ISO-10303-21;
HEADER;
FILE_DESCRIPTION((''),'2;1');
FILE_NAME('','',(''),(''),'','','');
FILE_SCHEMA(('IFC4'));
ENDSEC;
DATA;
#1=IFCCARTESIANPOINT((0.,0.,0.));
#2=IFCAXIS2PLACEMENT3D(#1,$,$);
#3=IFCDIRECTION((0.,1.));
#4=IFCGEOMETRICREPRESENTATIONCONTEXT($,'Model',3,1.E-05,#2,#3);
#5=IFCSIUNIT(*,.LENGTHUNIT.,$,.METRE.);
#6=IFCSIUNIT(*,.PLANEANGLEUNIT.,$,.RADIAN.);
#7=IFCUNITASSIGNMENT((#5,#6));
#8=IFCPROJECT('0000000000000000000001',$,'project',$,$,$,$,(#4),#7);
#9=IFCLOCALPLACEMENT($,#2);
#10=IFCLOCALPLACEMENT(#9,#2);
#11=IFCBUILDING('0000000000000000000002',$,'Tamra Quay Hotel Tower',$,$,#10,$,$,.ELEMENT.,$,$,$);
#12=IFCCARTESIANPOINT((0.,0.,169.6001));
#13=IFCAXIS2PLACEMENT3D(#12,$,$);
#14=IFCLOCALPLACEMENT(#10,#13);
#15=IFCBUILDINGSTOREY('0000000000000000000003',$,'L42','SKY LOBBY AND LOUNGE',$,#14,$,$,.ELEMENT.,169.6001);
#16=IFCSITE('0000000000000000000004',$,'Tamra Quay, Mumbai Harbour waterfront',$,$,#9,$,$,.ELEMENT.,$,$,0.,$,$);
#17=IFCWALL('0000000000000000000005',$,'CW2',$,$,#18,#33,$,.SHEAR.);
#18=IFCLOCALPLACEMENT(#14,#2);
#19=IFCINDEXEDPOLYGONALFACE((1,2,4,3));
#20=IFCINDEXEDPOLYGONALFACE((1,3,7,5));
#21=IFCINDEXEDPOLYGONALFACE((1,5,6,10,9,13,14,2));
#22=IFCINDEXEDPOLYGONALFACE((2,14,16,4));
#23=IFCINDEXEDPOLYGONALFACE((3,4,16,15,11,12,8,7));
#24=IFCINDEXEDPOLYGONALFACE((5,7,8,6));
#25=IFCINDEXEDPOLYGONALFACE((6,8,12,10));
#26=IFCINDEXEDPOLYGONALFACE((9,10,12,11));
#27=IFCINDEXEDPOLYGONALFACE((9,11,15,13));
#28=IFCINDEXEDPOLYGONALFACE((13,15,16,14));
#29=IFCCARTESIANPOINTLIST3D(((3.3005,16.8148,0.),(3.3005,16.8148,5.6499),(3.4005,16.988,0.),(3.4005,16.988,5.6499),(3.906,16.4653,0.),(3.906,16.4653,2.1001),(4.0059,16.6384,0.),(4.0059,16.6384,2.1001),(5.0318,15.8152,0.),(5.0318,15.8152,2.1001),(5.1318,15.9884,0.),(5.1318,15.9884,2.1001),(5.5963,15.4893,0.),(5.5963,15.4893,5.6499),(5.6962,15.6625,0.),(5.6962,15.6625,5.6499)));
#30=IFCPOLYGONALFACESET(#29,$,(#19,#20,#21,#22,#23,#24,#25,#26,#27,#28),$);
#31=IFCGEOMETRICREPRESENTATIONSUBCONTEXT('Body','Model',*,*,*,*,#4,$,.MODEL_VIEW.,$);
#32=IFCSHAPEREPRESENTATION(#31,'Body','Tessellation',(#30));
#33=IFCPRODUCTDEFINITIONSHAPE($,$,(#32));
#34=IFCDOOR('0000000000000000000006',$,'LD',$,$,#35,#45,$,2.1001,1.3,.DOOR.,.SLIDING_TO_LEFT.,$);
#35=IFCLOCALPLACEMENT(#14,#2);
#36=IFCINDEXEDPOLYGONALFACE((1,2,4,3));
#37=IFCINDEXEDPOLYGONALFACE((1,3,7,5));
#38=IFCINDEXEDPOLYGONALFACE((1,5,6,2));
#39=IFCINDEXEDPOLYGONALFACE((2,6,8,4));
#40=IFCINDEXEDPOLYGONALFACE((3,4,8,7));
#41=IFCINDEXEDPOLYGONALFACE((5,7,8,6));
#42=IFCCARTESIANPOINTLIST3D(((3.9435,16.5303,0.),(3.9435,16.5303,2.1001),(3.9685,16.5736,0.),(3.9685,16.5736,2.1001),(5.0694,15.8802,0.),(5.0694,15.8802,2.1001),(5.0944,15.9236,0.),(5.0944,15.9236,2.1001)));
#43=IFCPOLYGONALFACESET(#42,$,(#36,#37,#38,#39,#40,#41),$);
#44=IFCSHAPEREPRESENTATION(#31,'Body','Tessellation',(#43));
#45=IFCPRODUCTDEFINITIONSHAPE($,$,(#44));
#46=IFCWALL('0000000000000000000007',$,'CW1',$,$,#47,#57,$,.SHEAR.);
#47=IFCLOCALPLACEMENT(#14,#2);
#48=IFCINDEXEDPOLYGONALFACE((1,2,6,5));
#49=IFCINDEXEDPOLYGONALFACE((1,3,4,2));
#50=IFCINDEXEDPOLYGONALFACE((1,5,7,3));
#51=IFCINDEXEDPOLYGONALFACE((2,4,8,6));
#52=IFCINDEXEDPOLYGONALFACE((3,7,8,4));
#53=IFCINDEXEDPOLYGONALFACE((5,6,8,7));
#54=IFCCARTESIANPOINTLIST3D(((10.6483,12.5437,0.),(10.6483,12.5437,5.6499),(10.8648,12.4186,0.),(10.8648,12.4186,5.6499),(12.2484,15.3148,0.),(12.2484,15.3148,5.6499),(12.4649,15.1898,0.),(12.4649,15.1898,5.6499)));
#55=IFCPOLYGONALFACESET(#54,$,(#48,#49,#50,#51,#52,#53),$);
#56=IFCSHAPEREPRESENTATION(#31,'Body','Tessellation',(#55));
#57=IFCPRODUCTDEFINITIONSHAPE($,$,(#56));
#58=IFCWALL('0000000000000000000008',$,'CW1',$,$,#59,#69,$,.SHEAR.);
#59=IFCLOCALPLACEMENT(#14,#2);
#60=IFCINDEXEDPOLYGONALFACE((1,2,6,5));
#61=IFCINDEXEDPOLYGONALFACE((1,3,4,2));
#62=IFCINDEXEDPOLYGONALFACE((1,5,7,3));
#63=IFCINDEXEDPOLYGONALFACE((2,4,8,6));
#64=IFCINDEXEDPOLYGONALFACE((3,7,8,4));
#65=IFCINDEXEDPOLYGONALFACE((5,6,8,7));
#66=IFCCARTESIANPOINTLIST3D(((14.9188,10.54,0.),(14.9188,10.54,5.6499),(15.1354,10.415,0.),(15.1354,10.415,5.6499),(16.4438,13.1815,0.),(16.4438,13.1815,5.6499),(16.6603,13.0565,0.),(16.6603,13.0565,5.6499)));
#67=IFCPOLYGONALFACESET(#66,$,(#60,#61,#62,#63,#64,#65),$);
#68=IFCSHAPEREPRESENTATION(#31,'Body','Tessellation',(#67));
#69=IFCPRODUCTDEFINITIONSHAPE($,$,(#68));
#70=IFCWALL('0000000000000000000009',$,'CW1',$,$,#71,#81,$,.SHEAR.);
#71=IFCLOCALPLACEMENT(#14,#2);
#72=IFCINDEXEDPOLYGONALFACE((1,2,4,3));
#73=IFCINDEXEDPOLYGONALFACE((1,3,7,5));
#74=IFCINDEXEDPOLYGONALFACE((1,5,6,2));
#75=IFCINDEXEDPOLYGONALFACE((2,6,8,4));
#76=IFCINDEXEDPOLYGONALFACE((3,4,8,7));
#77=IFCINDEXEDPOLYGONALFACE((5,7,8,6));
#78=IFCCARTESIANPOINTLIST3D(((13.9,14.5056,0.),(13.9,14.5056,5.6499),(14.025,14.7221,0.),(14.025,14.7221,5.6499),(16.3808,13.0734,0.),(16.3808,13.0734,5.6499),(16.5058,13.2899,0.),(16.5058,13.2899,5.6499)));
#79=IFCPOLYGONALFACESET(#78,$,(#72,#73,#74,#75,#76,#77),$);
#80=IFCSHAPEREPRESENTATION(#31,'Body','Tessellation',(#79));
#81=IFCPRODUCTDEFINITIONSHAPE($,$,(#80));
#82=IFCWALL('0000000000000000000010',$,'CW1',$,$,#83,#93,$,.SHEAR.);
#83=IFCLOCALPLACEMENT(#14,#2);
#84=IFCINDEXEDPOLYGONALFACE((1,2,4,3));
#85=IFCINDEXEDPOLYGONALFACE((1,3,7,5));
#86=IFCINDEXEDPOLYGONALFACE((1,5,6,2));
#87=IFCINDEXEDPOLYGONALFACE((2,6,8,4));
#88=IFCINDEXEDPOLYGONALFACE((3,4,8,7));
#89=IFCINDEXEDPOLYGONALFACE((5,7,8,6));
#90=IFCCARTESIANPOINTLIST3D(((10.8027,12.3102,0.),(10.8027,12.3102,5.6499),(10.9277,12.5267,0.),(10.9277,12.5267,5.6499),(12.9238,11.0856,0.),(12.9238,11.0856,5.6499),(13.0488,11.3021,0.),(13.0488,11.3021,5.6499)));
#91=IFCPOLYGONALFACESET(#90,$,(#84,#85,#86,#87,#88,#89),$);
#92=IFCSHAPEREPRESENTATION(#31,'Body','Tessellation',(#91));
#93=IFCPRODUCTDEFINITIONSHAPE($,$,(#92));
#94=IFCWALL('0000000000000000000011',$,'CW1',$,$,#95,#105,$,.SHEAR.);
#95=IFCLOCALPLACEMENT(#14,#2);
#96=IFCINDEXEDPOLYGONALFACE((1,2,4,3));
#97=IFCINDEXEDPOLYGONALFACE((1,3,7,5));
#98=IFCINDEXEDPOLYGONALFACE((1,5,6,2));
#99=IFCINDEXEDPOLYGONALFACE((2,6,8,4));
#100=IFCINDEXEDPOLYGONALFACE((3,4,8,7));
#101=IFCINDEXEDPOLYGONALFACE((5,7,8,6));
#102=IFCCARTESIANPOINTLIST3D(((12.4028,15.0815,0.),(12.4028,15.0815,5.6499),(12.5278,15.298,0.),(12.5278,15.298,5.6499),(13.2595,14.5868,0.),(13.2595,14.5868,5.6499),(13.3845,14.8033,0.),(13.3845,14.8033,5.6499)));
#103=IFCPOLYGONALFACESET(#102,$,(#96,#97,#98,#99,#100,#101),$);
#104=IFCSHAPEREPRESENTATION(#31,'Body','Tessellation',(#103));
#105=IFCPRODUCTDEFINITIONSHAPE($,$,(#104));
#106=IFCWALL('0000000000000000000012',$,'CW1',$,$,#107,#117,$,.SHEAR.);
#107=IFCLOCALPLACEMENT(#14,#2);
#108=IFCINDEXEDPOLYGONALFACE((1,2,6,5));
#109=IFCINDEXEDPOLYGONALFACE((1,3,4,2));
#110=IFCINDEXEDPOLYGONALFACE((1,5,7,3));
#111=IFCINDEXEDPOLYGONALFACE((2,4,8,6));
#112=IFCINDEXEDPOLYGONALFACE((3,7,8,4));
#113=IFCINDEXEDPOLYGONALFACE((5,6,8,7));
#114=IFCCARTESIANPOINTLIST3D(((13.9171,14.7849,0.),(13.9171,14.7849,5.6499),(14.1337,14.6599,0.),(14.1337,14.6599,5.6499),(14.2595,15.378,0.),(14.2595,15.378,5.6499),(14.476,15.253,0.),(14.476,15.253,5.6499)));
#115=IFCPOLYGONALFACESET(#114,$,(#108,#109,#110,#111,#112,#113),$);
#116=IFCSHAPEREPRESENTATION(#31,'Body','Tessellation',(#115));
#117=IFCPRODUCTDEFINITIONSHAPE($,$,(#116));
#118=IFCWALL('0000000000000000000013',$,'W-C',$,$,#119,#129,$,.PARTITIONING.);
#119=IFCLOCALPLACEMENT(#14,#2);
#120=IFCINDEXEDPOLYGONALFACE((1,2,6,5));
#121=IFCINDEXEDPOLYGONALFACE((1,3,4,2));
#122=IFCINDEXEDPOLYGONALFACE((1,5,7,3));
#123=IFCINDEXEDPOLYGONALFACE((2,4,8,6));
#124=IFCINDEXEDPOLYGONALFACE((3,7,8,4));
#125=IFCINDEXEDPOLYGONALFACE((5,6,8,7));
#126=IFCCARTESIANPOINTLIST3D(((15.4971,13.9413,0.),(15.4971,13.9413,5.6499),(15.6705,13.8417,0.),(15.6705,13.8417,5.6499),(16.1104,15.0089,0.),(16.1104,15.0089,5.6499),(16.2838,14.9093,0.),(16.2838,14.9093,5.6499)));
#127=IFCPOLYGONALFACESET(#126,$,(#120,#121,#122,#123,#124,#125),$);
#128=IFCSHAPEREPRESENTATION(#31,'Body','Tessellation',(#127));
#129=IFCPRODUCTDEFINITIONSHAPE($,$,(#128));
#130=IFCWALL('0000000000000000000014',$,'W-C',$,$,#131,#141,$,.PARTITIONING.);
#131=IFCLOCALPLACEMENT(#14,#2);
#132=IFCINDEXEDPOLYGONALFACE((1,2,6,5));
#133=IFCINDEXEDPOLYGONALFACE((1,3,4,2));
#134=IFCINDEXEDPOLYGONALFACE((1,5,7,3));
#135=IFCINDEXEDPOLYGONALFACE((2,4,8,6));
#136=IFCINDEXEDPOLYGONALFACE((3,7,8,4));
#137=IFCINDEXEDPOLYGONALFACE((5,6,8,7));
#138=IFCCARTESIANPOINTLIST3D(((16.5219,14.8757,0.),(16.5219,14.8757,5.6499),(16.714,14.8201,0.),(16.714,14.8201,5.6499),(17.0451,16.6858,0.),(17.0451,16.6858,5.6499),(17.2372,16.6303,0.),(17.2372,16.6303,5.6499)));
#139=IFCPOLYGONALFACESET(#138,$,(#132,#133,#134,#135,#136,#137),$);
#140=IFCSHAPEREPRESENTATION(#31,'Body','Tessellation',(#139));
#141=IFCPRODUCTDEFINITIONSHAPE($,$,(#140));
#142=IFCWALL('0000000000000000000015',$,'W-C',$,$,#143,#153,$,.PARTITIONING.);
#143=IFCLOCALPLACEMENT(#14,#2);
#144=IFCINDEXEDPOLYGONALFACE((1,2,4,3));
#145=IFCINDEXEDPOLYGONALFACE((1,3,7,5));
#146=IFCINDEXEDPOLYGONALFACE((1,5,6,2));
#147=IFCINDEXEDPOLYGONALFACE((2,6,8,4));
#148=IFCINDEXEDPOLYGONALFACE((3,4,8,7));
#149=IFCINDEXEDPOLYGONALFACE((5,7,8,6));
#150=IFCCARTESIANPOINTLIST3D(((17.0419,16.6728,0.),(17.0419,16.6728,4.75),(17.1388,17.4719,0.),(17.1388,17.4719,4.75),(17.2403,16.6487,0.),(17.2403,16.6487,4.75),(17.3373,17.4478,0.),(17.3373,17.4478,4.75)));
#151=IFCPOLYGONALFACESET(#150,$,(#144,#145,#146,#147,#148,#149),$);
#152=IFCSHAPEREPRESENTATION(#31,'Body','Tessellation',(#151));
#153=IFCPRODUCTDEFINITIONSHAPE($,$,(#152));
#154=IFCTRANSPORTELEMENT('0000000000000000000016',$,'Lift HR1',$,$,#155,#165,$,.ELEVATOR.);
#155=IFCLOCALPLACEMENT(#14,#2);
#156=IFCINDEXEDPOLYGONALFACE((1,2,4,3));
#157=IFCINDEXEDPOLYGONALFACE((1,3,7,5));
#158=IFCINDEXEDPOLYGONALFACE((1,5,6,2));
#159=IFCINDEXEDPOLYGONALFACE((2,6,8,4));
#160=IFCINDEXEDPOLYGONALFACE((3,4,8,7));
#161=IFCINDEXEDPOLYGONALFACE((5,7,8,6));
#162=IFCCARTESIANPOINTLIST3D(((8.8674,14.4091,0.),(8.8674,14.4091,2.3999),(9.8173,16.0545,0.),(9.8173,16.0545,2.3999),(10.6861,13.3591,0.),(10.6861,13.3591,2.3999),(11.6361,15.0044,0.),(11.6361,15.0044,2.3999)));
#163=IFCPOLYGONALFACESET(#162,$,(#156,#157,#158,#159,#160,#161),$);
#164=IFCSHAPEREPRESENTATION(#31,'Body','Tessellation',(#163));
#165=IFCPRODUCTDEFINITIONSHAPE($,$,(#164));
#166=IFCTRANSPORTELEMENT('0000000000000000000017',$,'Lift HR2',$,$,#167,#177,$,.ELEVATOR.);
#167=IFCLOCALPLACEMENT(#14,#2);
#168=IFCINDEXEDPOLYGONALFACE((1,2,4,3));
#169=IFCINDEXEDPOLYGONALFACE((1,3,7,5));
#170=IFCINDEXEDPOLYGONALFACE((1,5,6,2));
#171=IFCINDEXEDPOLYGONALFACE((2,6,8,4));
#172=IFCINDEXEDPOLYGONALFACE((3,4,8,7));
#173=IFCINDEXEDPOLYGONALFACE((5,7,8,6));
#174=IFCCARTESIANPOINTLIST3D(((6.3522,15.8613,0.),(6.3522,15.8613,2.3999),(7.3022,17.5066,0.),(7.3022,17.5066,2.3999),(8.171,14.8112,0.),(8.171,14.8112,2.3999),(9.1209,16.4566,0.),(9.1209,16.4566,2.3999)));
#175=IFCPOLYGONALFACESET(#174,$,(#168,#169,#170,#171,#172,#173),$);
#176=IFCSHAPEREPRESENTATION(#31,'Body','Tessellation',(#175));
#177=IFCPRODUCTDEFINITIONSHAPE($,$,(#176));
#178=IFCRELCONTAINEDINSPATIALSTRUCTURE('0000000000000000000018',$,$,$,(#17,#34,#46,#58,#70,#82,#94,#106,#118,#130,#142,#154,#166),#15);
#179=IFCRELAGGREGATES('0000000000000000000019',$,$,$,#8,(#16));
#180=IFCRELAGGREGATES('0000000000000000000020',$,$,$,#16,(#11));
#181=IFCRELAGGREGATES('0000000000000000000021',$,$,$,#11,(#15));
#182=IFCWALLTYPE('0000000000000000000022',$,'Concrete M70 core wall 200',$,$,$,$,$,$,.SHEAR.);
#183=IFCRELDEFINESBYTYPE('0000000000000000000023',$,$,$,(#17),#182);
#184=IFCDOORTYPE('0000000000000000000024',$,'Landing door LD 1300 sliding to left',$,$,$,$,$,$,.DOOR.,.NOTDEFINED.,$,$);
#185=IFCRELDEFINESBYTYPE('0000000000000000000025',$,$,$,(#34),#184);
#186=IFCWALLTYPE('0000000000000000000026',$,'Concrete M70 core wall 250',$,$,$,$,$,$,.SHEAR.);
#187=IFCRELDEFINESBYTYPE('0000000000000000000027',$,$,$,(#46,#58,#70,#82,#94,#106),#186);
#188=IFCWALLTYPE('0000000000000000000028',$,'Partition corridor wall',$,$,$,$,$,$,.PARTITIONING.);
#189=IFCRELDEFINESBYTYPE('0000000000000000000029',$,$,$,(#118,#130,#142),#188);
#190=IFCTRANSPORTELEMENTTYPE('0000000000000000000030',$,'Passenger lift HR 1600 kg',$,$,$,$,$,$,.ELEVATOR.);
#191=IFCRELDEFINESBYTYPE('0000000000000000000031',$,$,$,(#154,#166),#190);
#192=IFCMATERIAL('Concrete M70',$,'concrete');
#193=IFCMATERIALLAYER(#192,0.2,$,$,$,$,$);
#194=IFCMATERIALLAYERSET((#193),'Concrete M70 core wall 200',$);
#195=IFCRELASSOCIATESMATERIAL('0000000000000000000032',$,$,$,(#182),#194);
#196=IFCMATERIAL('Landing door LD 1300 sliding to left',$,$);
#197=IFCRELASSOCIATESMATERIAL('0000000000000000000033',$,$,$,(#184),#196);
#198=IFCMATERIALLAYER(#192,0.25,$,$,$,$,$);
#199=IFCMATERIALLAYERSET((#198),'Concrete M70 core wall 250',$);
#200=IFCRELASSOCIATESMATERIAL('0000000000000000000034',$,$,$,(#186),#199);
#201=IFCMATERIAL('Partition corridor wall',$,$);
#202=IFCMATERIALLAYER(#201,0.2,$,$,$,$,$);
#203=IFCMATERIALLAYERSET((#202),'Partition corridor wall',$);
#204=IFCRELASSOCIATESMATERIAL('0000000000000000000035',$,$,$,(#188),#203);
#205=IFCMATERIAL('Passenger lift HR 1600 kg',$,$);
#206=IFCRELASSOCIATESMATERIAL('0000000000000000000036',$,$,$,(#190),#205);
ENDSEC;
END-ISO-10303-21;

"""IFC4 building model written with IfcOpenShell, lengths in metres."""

from ifc_helpers import new_model, si_unit, direction, frame, frame_2d, origin, origin_2d, place, context, subcontext, project, spatial, rectangle, extrude, material, layer, layer_set, type_object, element, fill, save


model = new_model("IFC4")

# Units and contexts
model_context = context("Model", 3, precision=1e-05, world=origin(), true_north=direction((0.0, 1.0)))
body_context = subcontext(model_context, "Body", "Model", "MODEL_VIEW")
ifc_project = project(units=[si_unit("LENGTHUNIT", "METRE"), si_unit("PLANEANGLEUNIT", "RADIAN")], contexts=[model_context])

# Site, building, storey
site_placement = place(None, origin())
site = spatial("IfcSite", under=ifc_project, at=site_placement, Name="Tamra Quay, Mumbai Harbour waterfront", CompositionType="ELEMENT", RefElevation=0.0)
building_placement = place(site_placement, origin())
building = spatial("IfcBuilding", under=site, at=building_placement, Name="Tamra Quay Hotel Tower", CompositionType="ELEMENT")
storey_placement = place(building_placement, frame((0.0, 0.0, 169.6001)))
storey = spatial("IfcBuildingStorey", under=building, at=storey_placement, Name="L42", Description="SKY LOBBY AND LOUNGE", CompositionType="ELEMENT", Elevation=169.6001)

# Shared definitions
ifc_material_1 = material(Name="Concrete M70", Category="concrete")

# Shared definitions
ifc_layer_1 = layer(ifc_material_1, 0.2)
ifc_layer_set_1 = layer_set([ifc_layer_1], Name="Concrete M70 core wall 200")
wall_type_1 = type_object("IfcWallType", Name="Concrete M70 core wall 200", PredefinedType="SHEAR", material=ifc_layer_set_1)

# Wall, opening, door
wall_1_placement = place(storey_placement, frame((5.6462, 15.5759, 0.0), z_axis=(0.0, 0.0, 1.0), x_axis=(-0.866018, 0.500012, 0.0)))
wall_1 = element("IfcWall", 1, at=wall_1_placement, inside=storey, type_object=wall_type_1, Name="CW2", PredefinedType="SHEAR", context=body_context, shape_type="SweptSolid", body=[
    extrude(rectangle(XDim=2.6509, YDim=0.2, at=frame_2d((1.3254, 0.0))), origin(), (0.0, 0.0, 1.0), 5.6499),
])
opening_1_placement = place(wall_1_placement, frame((0.6519, 0.0, 0.0)))
opening_1 = element("IfcOpeningElement", 2, at=opening_1_placement, cuts=wall_1, PredefinedType="OPENING", context=body_context, shape_type="SweptSolid", body=[
    extrude(rectangle(XDim=1.3, YDim=2.1001, at=frame_2d((0.6499, 1.05))), frame((0.0, 0.1099, 0.0), z_axis=(0.0, -1.0, 0.0), x_axis=(1.0, 0.0, 0.0)), (0.0, 0.0, 1.0), 0.22),
])
ifc_material_2 = material(Name="Landing door LD 1300 sliding to left")
door_type_1 = type_object("IfcDoorType", Name="Landing door LD 1300 sliding to left", OperationType="NOTDEFINED", PredefinedType="DOOR", material=ifc_material_2)
door_1_placement = place(opening_1_placement, origin())
door_1 = element("IfcDoor", 3, at=door_1_placement, inside=storey, type_object=door_type_1, Name="LD", OperationType="SLIDING_TO_LEFT", OverallHeight=2.1001, OverallWidth=1.3, PredefinedType="DOOR", context=body_context, shape_type="SweptSolid", body=[
    extrude(rectangle(XDim=1.3, YDim=2.1001, at=frame_2d((0.6499, 1.05))), frame((0.0, 0.0249, 0.0), z_axis=(0.0, -1.0, 0.0), x_axis=(1.0, 0.0, 0.0)), (0.0, 0.0, 1.0), 0.05),
])
fill(opening_1, door_1)

# Walls
ifc_layer_2 = layer(ifc_material_1, 0.25)
ifc_layer_set_2 = layer_set([ifc_layer_2], Name="Concrete M70 core wall 250")
wall_type_2 = type_object("IfcWallType", Name="Concrete M70 core wall 250", PredefinedType="SHEAR", material=ifc_layer_set_2)
wall_2_placement = place(storey_placement, frame((12.3567, 15.2524, 0.0), z_axis=(0.0, 0.0, 1.0), x_axis=(-0.500028, -0.866009, 0.0)))
element("IfcWall", 4, at=wall_2_placement, inside=storey, type_object=wall_type_2, Name="CW1", PredefinedType="SHEAR", context=body_context, shape_type="SweptSolid", body=[
    extrude(rectangle(XDim=3.2, YDim=0.25, at=frame_2d((1.6001, 0.0))), origin(), (0.0, 0.0, 1.0), 5.6499),
])
wall_3_placement = place(storey_placement, frame((16.552, 13.1189, 0.0), z_axis=(0.0, 0.0, 1.0), x_axis=(-0.499979, -0.866038, 0.0)))
element("IfcWall", 5, at=wall_3_placement, inside=storey, type_object=wall_type_2, Name="CW1", PredefinedType="SHEAR", context=body_context, shape_type="SweptSolid", body=[
    extrude(rectangle(XDim=3.05, YDim=0.25, at=frame_2d((1.5249, 0.0))), origin(), (0.0, 0.0, 1.0), 5.6499),
])
wall_4_placement = place(storey_placement, frame((13.9626, 14.6138, 0.0), z_axis=(0.0, 0.0, 1.0), x_axis=(0.866042, -0.499971, 0.0)))
element("IfcWall", 6, at=wall_4_placement, inside=storey, type_object=wall_type_2, Name="CW1", PredefinedType="SHEAR", context=body_context, shape_type="SweptSolid", body=[
    extrude(rectangle(XDim=2.8645, YDim=0.25, at=frame_2d((1.4321, 0.0))), origin(), (0.0, 0.0, 1.0), 5.6499),
])
wall_5_placement = place(storey_placement, frame((10.8652, 12.4185, 0.0), z_axis=(0.0, 0.0, 1.0), x_axis=(0.866026, -0.499999, 0.0)))
element("IfcWall", 7, at=wall_5_placement, inside=storey, type_object=wall_type_2, Name="CW1", PredefinedType="SHEAR", context=body_context, shape_type="SweptSolid", body=[
    extrude(rectangle(XDim=2.4492, YDim=0.25, at=frame_2d((1.2246, 0.0))), origin(), (0.0, 0.0, 1.0), 5.6499),
])
wall_6_placement = place(storey_placement, frame((13.322, 14.6951, 0.0), z_axis=(0.0, 0.0, 1.0), x_axis=(-0.866017, 0.500014, 0.0)))
element("IfcWall", 8, at=wall_6_placement, inside=storey, type_object=wall_type_2, Name="CW1", PredefinedType="SHEAR", context=body_context, shape_type="SweptSolid", body=[
    extrude(rectangle(XDim=0.9893, YDim=0.25, at=frame_2d((0.4946, 0.0))), origin(), (0.0, 0.0, 1.0), 5.6499),
])
wall_7_placement = place(storey_placement, frame((14.3677, 15.3154, 0.0), z_axis=(0.0, 0.0, 1.0), x_axis=(-0.499897, -0.866085, 0.0)))
element("IfcWall", 9, at=wall_7_placement, inside=storey, type_object=wall_type_2, Name="CW1", PredefinedType="SHEAR", context=body_context, shape_type="SweptSolid", body=[
    extrude(rectangle(XDim=0.6848, YDim=0.25, at=frame_2d((0.3423, 0.0))), origin(), (0.0, 0.0, 1.0), 5.6499),
])
ifc_material_3 = material(Name="Partition corridor wall")
ifc_layer_3 = layer(ifc_material_3, 0.2)
ifc_layer_set_3 = layer_set([ifc_layer_3], Name="Partition corridor wall")
wall_type_3 = type_object("IfcWallType", Name="Partition corridor wall", PredefinedType="PARTITIONING", material=ifc_layer_set_3)
wall_8_placement = place(storey_placement, frame((15.5837, 13.8914, 0.0), z_axis=(0.0, 0.0, 1.0), x_axis=(0.498102, 0.867118, 0.0)))
element("IfcWall", 10, at=wall_8_placement, inside=storey, type_object=wall_type_3, Name="W-C", PredefinedType="PARTITIONING", context=body_context, shape_type="SweptSolid", body=[
    extrude(rectangle(XDim=1.2312, YDim=0.2, at=frame_2d((0.6157, 0.0))), origin(), (0.0, 0.0, 1.0), 5.6499),
])
wall_9_placement = place(storey_placement, frame((16.6179, 14.8479, 0.0), z_axis=(0.0, 0.0, 1.0), x_axis=(0.277681, 0.960673, 0.0)))
element("IfcWall", 11, at=wall_9_placement, inside=storey, type_object=wall_type_3, Name="W-C", PredefinedType="PARTITIONING", context=body_context, shape_type="SweptSolid", body=[
    extrude(rectangle(XDim=1.8843, YDim=0.2, at=frame_2d((0.9421, 0.0))), origin(), (0.0, 0.0, 1.0), 5.6499),
])
wall_10_placement = place(storey_placement, frame((17.1411, 16.6609, 0.0), z_axis=(0.0, 0.0, 1.0), x_axis=(0.120413, 0.992724, 0.0)))
element("IfcWall", 12, at=wall_10_placement, inside=storey, type_object=wall_type_3, Name="W-C", PredefinedType="PARTITIONING", context=body_context, shape_type="SweptSolid", body=[
    extrude(rectangle(XDim=0.8049, YDim=0.2, at=frame_2d((0.4023, 0.0))), origin(), (0.0, 0.0, 1.0), 4.75),
])

# Transport elements
ifc_material_4 = material(Name="Passenger lift HR 1600 kg")
transport_element_type = type_object("IfcTransportElementType", Name="Passenger lift HR 1600 kg", PredefinedType="ELEVATOR", material=ifc_material_4)
for number, where, z_axis, x_axis, name in (
    (13, (10.2517, 14.7068, 0.0), (0.0, 0.0, 1.0), (-0.866025, 0.5, 0.0), "Lift HR1"),
    (14, (7.7366, 16.1589, 0.0), (0.0, 0.0, 1.0), (-0.866025, 0.5, 0.0), "Lift HR2"),
):
    element("IfcTransportElement", number, at=place(storey_placement, frame(where, z_axis=z_axis, x_axis=x_axis)), inside=storey, type_object=transport_element_type, Name=name, PredefinedType="ELEVATOR", context=body_context, shape_type="SweptSolid", body=[
        extrude(rectangle(XDim=2.1001, YDim=1.8999, at=origin_2d()), origin(), (0.0, 0.0, 1.0), 2.3999),
    ])

save(model, "model.ifc")
